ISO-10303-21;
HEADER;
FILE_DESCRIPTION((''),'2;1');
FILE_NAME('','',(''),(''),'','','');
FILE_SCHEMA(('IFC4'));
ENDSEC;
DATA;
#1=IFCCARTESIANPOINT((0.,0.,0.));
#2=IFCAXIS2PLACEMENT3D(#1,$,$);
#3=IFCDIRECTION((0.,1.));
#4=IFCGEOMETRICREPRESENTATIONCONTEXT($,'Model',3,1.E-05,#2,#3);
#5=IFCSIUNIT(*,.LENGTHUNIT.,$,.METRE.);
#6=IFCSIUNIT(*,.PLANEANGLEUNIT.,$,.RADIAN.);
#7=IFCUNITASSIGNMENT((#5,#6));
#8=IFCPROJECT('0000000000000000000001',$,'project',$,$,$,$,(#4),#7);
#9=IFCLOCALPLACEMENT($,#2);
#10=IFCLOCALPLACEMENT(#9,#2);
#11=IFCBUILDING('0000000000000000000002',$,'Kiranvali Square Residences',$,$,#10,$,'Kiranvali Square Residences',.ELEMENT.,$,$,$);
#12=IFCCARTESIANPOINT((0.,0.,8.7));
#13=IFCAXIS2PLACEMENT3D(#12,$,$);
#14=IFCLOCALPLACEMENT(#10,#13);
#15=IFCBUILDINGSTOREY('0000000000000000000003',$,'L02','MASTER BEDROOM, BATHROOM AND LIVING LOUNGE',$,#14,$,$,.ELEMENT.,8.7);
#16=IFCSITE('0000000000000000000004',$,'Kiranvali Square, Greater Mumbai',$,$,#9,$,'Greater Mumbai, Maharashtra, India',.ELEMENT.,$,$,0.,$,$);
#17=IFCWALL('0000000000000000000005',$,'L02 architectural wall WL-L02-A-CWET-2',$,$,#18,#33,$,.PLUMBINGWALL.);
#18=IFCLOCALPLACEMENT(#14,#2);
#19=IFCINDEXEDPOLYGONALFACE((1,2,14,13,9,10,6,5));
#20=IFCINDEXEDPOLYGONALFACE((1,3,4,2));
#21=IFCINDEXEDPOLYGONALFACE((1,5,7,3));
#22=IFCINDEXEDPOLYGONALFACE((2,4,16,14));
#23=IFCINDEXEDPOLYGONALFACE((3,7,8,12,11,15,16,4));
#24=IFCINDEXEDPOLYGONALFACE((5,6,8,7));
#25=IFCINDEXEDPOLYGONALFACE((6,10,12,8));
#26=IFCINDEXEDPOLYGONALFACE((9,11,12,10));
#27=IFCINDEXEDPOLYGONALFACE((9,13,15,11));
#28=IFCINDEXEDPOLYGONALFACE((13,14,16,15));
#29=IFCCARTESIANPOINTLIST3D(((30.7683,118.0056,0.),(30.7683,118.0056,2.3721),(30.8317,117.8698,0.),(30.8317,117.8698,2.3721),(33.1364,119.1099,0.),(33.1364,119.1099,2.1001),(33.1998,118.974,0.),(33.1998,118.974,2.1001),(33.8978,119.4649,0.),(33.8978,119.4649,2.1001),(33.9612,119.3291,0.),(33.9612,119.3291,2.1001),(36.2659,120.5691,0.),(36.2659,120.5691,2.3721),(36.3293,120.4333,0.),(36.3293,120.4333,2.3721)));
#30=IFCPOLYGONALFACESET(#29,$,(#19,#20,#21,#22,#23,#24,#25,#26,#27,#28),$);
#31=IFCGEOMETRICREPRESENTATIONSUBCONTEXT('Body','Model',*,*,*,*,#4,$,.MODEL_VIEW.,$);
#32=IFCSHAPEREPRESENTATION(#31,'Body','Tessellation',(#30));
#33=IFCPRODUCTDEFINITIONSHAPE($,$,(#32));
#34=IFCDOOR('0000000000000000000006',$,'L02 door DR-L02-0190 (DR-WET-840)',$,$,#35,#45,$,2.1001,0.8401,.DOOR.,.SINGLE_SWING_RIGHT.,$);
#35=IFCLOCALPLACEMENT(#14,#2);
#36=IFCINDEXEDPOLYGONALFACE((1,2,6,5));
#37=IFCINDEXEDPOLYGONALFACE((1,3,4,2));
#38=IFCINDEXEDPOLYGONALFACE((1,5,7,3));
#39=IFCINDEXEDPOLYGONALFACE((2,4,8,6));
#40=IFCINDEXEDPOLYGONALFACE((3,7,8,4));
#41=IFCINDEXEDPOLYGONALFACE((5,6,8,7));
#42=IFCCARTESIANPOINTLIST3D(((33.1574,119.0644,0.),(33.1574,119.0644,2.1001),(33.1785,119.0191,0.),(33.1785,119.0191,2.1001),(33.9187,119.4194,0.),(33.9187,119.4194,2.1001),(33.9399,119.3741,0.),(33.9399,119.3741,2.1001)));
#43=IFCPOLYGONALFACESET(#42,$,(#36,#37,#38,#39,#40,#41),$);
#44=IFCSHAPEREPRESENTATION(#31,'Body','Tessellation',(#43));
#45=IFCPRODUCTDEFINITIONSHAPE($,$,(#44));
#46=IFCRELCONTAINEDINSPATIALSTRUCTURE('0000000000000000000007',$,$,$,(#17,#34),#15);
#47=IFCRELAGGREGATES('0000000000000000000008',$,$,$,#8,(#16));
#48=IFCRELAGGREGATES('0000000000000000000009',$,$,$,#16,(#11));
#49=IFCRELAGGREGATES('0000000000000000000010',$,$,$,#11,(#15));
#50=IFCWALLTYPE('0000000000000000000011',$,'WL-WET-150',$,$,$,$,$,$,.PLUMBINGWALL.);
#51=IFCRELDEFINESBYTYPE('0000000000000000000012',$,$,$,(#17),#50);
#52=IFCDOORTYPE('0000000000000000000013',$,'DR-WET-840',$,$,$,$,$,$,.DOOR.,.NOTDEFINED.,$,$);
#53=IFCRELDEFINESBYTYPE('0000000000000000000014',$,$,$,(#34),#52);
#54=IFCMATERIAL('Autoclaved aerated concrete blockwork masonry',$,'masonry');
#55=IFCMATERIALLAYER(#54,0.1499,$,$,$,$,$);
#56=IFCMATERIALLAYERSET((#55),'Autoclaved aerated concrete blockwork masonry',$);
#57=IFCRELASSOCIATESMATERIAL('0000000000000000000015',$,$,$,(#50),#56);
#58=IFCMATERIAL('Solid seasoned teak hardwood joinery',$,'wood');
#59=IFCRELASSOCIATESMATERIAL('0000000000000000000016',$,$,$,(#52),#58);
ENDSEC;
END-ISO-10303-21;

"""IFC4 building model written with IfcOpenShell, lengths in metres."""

from ifc_helpers import new_model, si_unit, direction, frame, frame_2d, origin, place, context, subcontext, project, spatial, rectangle, extrude, material, layer, layer_set, type_object, element, fill, save


model = new_model("IFC4")

# Units and contexts
model_context = context("Model", 3, precision=1e-05, world=origin(), true_north=direction((0.0, 1.0)))
body_context = subcontext(model_context, "Body", "Model", "MODEL_VIEW")
ifc_project = project(units=[si_unit("LENGTHUNIT", "METRE"), si_unit("PLANEANGLEUNIT", "RADIAN")], contexts=[model_context])

# Site, building, storey
site_placement = place(None, origin())
site = spatial("IfcSite", under=ifc_project, at=site_placement, Name="Kiranvali Square, Greater Mumbai", LongName="Greater Mumbai, Maharashtra, India", CompositionType="ELEMENT", RefElevation=0.0)
building_placement = place(site_placement, origin())
building = spatial("IfcBuilding", under=site, at=building_placement, Name="Kiranvali Square Residences", LongName="Kiranvali Square Residences", CompositionType="ELEMENT")
storey_placement = place(building_placement, frame((0.0, 0.0, 8.7)))
storey = spatial("IfcBuildingStorey", under=building, at=storey_placement, Name="L02", Description="MASTER BEDROOM, BATHROOM AND LIVING LOUNGE", CompositionType="ELEMENT", Elevation=8.7)

# Shared definitions
ifc_material_1 = material(Name="Solid seasoned teak hardwood joinery", Category="wood")
ifc_material_2 = material(Name="Autoclaved aerated concrete blockwork masonry", Category="masonry")

# Wall, opening, door
ifc_layer_1 = layer(ifc_material_2, 0.1499)
ifc_layer_set_1 = layer_set([ifc_layer_1], Name="Autoclaved aerated concrete blockwork masonry")
wall_type_1 = type_object("IfcWallType", Name="WL-WET-150", PredefinedType="PLUMBINGWALL", material=ifc_layer_set_1)
wall_1_placement = place(storey_placement, frame((36.2976, 120.5012, 0.0), z_axis=(0.0, 0.0, 1.0), x_axis=(-0.906313, -0.422608, 0.0)))
wall_1 = element("IfcWall", 1, at=wall_1_placement, inside=storey, type_object=wall_type_1, Name="L02 architectural wall WL-L02-A-CWET-2", PredefinedType="PLUMBINGWALL", context=body_context, shape_type="SweptSolid", body=[
    extrude(rectangle(XDim=6.0659, YDim=0.1499, at=frame_2d((3.033, 0.0))), origin(), (0.0, 0.0, 1.0), 2.3721),
])
opening_1_placement = place(wall_1_placement, frame((2.613, 0.0, 0.0)))
opening_1 = element("IfcOpeningElement", 2, at=opening_1_placement, cuts=wall_1, PredefinedType="OPENING", context=body_context, shape_type="SweptSolid", body=[
    extrude(rectangle(XDim=0.8401, YDim=2.1001, at=frame_2d((0.4199, 1.05))), frame((0.0, 0.085, 0.0), z_axis=(0.0, -1.0, 0.0), x_axis=(1.0, 0.0, 0.0)), (0.0, 0.0, 1.0), 0.1699),
])
door_type_1 = type_object("IfcDoorType", Name="DR-WET-840", OperationType="NOTDEFINED", PredefinedType="DOOR", material=ifc_material_1)
door_1_placement = place(opening_1_placement, frame((0.8401, 0.0, 0.0), z_axis=(0.0, 0.0, 1.0), x_axis=(-1.0, 0.0, 0.0)))
door_1 = element("IfcDoor", 3, at=door_1_placement, inside=storey, type_object=door_type_1, Name="L02 door DR-L02-0190 (DR-WET-840)", OperationType="SINGLE_SWING_RIGHT", OverallHeight=2.1001, OverallWidth=0.8401, PredefinedType="DOOR", context=body_context, shape_type="SweptSolid", body=[
    extrude(rectangle(XDim=0.8401, YDim=2.1001, at=frame_2d((0.4199, 1.05))), frame((0.0, 0.0249, 0.0), z_axis=(0.0, -1.0, 0.0), x_axis=(1.0, 0.0, 0.0)), (0.0, 0.0, 1.0), 0.05),
])
fill(opening_1, door_1)

save(model, "model.ifc")
